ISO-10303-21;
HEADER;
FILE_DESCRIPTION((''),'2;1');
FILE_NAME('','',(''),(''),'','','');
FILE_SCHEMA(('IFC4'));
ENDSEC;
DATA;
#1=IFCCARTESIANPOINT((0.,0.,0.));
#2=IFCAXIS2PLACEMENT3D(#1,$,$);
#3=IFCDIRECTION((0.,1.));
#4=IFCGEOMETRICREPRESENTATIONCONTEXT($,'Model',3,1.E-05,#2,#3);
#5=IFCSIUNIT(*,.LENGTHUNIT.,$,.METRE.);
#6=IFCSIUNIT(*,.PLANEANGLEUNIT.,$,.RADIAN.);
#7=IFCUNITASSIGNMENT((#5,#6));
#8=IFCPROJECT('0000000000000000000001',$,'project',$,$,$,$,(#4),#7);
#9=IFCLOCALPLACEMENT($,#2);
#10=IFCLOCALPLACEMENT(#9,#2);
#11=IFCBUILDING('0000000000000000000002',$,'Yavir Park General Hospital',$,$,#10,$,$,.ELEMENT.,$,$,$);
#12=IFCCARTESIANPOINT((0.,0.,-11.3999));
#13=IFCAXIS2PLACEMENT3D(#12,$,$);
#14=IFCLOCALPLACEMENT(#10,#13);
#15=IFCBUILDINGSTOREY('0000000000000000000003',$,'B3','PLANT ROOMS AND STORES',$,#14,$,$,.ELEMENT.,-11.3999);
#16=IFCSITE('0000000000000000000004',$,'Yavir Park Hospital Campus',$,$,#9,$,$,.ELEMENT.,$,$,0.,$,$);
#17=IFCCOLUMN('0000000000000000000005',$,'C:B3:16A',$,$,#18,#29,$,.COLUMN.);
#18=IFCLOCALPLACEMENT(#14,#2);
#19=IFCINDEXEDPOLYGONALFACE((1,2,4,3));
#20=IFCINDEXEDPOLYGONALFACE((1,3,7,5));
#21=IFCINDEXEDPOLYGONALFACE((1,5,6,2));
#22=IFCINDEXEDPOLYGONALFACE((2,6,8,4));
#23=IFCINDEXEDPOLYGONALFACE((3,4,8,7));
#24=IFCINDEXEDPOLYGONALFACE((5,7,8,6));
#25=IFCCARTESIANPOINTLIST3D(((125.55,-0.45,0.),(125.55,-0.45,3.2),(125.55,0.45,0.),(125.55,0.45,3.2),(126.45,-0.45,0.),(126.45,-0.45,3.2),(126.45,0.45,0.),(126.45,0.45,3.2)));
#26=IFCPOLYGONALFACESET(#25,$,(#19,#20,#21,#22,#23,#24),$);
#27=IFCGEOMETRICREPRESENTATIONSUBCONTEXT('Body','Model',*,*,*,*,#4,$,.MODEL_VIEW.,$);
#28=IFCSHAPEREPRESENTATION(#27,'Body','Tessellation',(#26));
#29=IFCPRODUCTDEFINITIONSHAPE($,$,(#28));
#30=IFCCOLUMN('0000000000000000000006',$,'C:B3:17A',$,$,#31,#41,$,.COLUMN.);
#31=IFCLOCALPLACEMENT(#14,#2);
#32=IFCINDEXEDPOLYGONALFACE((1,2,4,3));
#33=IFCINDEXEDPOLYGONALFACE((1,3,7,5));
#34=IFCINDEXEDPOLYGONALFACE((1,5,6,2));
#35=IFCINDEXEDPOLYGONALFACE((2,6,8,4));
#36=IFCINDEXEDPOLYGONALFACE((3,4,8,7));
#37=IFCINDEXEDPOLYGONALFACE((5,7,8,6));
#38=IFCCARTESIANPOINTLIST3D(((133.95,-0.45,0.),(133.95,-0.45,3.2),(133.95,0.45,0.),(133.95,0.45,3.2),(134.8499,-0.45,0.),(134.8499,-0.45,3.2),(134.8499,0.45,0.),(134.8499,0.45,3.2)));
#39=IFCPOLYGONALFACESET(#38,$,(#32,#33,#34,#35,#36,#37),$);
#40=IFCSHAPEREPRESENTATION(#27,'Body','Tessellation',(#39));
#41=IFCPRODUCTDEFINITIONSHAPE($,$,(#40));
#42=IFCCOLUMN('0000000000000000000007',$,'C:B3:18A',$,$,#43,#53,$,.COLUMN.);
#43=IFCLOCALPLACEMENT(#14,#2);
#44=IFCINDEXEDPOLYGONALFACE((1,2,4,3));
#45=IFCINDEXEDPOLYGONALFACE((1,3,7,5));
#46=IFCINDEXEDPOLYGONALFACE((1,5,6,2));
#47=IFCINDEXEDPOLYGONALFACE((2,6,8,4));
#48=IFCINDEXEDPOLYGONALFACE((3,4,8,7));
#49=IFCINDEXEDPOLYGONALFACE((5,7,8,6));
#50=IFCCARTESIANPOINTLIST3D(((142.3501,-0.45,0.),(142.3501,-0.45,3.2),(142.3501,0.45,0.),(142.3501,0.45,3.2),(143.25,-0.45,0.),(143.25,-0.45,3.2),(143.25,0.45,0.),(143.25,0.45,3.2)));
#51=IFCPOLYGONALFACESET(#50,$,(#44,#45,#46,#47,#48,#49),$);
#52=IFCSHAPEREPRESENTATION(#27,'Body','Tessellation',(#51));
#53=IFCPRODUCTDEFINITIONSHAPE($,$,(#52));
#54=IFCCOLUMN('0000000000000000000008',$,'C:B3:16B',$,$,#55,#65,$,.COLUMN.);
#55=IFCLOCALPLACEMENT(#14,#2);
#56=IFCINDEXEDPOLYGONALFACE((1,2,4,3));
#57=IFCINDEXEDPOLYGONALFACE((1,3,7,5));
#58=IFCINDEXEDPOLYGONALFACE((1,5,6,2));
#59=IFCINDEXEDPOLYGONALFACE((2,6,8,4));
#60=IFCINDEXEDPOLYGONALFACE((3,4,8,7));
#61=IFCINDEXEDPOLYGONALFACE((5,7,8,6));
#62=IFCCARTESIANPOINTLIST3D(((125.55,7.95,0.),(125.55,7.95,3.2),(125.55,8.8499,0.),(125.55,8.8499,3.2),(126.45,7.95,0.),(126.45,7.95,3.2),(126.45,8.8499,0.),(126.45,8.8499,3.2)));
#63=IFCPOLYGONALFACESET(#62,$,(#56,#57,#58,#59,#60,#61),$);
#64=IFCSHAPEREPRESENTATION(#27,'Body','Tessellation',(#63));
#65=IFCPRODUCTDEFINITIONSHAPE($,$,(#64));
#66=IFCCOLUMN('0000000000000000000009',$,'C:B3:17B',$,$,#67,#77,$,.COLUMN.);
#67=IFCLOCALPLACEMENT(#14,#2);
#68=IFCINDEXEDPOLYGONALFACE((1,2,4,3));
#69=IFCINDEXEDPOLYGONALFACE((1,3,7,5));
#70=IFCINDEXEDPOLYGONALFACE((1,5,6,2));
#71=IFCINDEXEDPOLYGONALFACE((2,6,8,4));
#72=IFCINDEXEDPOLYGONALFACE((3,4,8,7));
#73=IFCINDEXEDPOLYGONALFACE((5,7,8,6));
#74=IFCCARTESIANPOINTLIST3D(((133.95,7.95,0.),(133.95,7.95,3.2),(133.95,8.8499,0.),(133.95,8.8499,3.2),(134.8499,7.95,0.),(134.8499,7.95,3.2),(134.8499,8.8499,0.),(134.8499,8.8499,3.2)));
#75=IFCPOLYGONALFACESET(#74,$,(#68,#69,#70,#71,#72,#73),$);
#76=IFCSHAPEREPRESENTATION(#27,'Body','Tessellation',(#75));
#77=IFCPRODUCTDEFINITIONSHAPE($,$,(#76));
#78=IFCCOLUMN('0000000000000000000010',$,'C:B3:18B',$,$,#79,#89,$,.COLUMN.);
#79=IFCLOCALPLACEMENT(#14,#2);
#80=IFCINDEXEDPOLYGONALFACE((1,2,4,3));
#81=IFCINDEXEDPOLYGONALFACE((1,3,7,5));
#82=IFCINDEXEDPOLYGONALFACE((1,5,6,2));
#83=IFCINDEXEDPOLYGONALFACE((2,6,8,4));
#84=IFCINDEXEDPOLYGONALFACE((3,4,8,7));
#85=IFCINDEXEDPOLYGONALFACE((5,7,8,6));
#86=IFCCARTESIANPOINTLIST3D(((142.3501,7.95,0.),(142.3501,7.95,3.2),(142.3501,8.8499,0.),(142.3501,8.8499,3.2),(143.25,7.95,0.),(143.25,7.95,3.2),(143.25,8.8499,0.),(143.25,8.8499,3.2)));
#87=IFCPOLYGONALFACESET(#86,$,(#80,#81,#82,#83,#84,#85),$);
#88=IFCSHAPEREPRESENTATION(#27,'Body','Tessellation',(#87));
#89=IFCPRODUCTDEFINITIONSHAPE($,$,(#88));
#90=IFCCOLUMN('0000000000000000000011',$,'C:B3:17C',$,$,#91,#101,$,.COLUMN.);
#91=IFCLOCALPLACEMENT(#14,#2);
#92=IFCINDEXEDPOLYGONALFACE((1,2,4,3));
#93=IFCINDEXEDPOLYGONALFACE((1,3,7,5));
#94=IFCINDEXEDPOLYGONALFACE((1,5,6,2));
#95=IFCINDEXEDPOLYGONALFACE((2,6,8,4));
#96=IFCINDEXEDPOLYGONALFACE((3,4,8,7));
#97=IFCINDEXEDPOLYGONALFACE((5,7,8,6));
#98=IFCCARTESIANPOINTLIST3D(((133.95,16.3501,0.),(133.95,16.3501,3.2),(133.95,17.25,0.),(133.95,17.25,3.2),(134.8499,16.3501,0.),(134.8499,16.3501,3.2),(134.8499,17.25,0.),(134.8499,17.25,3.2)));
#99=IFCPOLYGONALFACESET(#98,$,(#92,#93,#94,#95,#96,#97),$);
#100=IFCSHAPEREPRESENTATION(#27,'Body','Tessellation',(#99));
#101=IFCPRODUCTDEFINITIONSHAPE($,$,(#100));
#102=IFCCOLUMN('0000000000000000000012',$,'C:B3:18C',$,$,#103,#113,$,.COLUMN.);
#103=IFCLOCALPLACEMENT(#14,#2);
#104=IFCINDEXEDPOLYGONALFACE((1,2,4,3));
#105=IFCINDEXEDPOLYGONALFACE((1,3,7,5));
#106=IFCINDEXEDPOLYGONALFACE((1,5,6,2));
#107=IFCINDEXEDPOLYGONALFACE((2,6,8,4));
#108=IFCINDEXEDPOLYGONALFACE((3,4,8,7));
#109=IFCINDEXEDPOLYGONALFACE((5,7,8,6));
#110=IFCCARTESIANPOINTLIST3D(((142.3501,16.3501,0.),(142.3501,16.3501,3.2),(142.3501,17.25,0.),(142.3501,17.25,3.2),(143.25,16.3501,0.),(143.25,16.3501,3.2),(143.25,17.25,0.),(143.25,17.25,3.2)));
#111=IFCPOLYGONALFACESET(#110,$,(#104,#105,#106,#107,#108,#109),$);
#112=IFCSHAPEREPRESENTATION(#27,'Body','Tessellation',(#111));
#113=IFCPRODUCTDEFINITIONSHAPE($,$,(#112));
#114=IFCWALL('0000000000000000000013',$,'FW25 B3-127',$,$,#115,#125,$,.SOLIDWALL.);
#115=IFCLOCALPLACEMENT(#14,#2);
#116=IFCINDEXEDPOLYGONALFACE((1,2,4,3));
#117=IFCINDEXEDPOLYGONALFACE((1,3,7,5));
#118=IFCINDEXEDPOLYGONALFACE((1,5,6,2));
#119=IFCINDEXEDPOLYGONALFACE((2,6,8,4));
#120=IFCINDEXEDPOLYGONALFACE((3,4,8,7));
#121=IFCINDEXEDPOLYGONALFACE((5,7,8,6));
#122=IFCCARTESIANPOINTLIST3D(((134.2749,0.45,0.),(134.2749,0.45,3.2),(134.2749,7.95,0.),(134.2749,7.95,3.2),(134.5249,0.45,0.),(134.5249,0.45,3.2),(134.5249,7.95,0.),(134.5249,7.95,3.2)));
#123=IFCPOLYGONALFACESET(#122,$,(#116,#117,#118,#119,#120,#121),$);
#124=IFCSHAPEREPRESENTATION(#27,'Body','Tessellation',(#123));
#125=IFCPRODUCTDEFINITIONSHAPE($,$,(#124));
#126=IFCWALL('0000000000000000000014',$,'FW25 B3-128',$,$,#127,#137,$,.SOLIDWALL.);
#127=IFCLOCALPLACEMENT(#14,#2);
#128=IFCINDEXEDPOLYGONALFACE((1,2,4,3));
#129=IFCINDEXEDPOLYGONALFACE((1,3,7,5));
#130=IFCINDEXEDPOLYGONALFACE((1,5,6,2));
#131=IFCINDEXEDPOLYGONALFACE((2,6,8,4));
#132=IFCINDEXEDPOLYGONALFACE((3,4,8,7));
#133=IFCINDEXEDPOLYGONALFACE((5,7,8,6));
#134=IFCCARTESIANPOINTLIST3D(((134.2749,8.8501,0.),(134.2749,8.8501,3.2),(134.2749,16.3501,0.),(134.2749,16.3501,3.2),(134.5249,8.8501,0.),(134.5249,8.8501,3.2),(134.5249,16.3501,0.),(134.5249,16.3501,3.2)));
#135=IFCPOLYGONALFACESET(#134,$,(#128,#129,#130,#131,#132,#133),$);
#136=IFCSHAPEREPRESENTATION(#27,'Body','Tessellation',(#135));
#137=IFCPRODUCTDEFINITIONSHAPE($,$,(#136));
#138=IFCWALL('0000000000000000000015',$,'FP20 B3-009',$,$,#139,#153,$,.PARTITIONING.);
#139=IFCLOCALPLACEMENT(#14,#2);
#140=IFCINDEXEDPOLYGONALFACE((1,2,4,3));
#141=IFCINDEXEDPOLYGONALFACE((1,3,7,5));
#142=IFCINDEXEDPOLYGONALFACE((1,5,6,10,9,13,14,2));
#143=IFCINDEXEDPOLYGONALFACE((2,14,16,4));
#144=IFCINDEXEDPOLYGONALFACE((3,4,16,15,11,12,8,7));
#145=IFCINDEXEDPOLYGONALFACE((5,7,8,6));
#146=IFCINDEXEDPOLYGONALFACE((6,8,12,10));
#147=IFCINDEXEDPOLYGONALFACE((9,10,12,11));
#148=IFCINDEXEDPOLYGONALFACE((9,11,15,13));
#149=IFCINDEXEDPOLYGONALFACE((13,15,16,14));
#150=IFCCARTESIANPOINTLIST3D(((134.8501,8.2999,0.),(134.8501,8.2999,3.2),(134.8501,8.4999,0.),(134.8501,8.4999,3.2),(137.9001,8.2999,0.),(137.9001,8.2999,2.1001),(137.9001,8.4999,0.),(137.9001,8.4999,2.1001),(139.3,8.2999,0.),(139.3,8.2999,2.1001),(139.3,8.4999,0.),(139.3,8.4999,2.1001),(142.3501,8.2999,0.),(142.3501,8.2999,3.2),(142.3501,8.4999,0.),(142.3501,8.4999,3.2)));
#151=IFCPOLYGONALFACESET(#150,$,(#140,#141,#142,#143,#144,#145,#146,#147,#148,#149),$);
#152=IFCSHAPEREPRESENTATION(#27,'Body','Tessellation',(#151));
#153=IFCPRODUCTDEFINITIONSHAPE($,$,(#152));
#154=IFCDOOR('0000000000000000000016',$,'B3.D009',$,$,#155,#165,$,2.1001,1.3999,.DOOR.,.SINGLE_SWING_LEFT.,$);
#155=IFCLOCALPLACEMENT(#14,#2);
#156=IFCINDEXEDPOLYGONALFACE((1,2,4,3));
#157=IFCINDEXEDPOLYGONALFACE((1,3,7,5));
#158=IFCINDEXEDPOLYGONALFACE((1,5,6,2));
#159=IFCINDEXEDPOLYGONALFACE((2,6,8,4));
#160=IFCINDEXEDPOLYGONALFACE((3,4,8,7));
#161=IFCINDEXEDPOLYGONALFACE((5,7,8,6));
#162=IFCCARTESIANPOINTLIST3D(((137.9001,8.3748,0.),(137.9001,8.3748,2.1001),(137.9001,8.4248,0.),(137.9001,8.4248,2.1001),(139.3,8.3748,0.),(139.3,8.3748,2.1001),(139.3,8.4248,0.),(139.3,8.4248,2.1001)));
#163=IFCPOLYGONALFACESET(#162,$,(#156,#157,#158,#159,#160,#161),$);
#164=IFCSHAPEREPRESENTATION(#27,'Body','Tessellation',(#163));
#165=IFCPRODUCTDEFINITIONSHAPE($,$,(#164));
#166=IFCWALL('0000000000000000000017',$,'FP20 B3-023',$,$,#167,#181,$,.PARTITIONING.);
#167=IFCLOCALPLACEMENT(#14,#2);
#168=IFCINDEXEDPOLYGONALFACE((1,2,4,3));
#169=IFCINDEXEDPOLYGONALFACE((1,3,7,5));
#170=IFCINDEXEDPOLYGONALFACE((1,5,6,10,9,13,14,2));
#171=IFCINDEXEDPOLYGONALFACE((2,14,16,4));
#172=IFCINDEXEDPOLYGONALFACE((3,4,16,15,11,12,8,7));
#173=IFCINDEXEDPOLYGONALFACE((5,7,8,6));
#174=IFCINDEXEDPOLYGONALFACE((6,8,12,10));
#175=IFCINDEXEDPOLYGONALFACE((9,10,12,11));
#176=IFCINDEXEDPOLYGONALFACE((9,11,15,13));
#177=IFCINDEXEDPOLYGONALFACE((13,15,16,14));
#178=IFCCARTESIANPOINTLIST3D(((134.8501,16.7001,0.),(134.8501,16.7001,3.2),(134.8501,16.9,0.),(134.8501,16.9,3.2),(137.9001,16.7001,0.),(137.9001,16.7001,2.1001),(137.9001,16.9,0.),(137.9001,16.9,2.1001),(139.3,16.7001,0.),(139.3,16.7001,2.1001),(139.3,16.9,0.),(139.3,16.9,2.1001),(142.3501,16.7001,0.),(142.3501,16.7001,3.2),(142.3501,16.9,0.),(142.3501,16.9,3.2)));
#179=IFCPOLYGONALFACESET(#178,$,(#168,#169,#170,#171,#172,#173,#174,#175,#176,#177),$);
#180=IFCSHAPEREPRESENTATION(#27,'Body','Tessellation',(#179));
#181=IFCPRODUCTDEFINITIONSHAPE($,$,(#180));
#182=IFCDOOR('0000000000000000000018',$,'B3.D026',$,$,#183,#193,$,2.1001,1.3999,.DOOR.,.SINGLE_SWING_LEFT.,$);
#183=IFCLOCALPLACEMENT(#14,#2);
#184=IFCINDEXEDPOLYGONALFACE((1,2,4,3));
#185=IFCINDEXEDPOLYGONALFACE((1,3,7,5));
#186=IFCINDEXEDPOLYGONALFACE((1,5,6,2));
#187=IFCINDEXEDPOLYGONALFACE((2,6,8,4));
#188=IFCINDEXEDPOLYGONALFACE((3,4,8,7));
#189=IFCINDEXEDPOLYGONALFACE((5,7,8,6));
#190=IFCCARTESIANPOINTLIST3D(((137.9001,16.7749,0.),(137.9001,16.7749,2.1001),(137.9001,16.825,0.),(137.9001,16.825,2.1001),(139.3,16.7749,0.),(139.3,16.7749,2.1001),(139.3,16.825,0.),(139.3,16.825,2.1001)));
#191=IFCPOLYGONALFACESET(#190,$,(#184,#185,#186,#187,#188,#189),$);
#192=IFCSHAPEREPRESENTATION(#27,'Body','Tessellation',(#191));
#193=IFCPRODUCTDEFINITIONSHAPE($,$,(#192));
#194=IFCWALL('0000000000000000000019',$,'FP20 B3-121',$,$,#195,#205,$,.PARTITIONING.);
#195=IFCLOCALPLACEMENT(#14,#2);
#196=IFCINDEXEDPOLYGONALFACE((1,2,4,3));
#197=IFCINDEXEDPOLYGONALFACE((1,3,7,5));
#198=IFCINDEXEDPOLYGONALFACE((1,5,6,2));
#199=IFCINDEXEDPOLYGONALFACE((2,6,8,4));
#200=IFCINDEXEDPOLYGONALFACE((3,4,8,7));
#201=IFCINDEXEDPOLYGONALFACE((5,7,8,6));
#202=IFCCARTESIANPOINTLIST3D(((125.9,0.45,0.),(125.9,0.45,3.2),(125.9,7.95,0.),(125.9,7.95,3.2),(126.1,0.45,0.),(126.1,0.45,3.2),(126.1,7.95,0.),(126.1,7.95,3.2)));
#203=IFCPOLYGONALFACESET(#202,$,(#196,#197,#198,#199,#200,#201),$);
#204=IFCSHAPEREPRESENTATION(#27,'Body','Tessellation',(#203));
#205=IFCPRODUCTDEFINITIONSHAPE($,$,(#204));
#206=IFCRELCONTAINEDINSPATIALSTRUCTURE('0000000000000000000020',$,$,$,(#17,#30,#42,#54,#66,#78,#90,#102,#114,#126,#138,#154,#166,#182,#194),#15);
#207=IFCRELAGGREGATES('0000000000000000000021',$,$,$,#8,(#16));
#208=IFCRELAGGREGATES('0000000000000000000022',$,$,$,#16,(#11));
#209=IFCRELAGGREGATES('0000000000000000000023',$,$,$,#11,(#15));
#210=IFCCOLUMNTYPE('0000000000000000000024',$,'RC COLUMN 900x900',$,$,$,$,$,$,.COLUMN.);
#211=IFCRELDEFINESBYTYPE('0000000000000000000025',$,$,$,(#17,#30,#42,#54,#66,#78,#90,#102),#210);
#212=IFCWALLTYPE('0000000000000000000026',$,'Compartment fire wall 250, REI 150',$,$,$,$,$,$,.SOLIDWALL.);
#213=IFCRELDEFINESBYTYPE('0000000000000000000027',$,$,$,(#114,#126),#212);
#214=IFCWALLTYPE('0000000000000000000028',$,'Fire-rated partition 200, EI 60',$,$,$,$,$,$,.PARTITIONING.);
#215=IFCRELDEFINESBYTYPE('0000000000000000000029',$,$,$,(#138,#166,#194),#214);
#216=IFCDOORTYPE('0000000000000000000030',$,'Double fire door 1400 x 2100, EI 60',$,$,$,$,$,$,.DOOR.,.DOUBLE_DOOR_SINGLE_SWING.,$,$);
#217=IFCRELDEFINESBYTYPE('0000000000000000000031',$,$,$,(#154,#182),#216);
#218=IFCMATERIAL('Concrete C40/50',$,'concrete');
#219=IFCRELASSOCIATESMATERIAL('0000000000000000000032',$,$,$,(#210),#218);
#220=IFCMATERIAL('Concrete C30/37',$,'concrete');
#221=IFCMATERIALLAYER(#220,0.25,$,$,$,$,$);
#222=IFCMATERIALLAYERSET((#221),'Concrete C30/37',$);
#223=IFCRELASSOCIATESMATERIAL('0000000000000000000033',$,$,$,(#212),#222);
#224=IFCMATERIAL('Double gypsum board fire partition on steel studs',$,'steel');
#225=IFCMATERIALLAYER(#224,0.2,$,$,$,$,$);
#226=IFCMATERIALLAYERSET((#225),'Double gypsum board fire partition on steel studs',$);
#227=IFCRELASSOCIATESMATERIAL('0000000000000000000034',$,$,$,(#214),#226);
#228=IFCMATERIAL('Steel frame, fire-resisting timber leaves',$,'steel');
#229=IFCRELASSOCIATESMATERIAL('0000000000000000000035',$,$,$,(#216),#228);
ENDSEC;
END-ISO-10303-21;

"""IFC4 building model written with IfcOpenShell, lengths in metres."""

from ifc_helpers import new_model, si_unit, direction, frame, frame_2d, origin, origin_2d, place, context, subcontext, project, spatial, rectangle, extrude, material, layer, layer_set, material_profile, profile_set, type_object, element, fill, save


model = new_model("IFC4")

# Units and contexts
model_context = context("Model", 3, precision=1e-05, world=origin(), true_north=direction((0.0, 1.0)))
body_context = subcontext(model_context, "Body", "Model", "MODEL_VIEW")
ifc_project = project(units=[si_unit("LENGTHUNIT", "METRE"), si_unit("PLANEANGLEUNIT", "RADIAN")], contexts=[model_context])

# Site, building, storey
site_placement = place(None, origin())
site = spatial("IfcSite", under=ifc_project, at=site_placement, Name="Yavir Park Hospital Campus", CompositionType="ELEMENT", RefElevation=0.0)
building_placement = place(site_placement, origin())
building = spatial("IfcBuilding", under=site, at=building_placement, Name="Yavir Park General Hospital", CompositionType="ELEMENT")
storey_placement = place(building_placement, frame((0.0, 0.0, -11.3999)))
storey = spatial("IfcBuildingStorey", under=building, at=storey_placement, Name="B3", Description="PLANT ROOMS AND STORES", CompositionType="ELEMENT", Elevation=-11.3999)

# Columns
ifc_material_1 = material(Name="Concrete C40/50", Category="concrete")
ifc_material_profile = material_profile(ifc_material_1, rectangle(XDim=0.8999, YDim=0.8999, at=origin_2d()), Name="RC900x900")
ifc_profile_set = profile_set([ifc_material_profile], Name="Concrete C40/50")
column_type = type_object("IfcColumnType", Name="RC COLUMN 900x900", PredefinedType="COLUMN", material=ifc_profile_set)
for number, where, z_axis, x_axis, name in (
    (1, (126.0, 0.0, 0.0), (0.0, 0.0, 1.0), (1.0, 0.0, 0.0), "C:B3:16A"),
    (2, (134.3999, 0.0, 0.0), (0.0, 0.0, 1.0), (1.0, 0.0, 0.0), "C:B3:17A"),
    (3, (142.8, 0.0, 0.0), (0.0, 0.0, 1.0), (1.0, 0.0, 0.0), "C:B3:18A"),
    (4, (126.0, 8.3999, 0.0), (0.0, 0.0, 1.0), (1.0, 0.0, 0.0), "C:B3:16B"),
    (5, (134.3999, 8.3999, 0.0), (0.0, 0.0, 1.0), (1.0, 0.0, 0.0), "C:B3:17B"),
    (6, (142.8, 8.3999, 0.0), (0.0, 0.0, 1.0), (1.0, 0.0, 0.0), "C:B3:18B"),
    (7, (134.3999, 16.8, 0.0), (0.0, 0.0, 1.0), (1.0, 0.0, 0.0), "C:B3:17C"),
    (8, (142.8, 16.8, 0.0), (0.0, 0.0, 1.0), (1.0, 0.0, 0.0), "C:B3:18C"),
):
    element("IfcColumn", number, at=place(storey_placement, frame(where, z_axis=z_axis, x_axis=x_axis)), inside=storey, type_object=column_type, Name=name, PredefinedType="COLUMN", context=body_context, shape_type="SweptSolid", body=[
        extrude(rectangle(XDim=0.8999, YDim=0.8999, at=origin_2d()), origin(), (0.0, 0.0, 1.0), 3.2),
    ])

# Walls
ifc_material_2 = material(Name="Concrete C30/37", Category="concrete")
ifc_layer_1 = layer(ifc_material_2, 0.25)
ifc_layer_set_1 = layer_set([ifc_layer_1], Name="Concrete C30/37")
wall_type_1 = type_object("IfcWallType", Name="Compartment fire wall 250, REI 150", PredefinedType="SOLIDWALL", material=ifc_layer_set_1)
for number, where, z_axis, x_axis, name in (
    (9, (134.3999, 0.45, 0.0), (0.0, 0.0, 1.0), (0.0, 1.0, 0.0), "FW25 B3-127"),
    (10, (134.3999, 8.8501, 0.0), (0.0, 0.0, 1.0), (0.0, 1.0, 0.0), "FW25 B3-128"),
):
    element("IfcWall", number, at=place(storey_placement, frame(where, z_axis=z_axis, x_axis=x_axis)), inside=storey, type_object=wall_type_1, Name=name, PredefinedType="SOLIDWALL", context=body_context, shape_type="SweptSolid", body=[
        extrude(rectangle(XDim=7.5, YDim=0.25, at=frame_2d((3.75, 0.0))), origin(), (0.0, 0.0, 1.0), 3.2),
    ])

# Walls, openings, doors
ifc_material_3 = material(Name="Double gypsum board fire partition on steel studs", Category="steel")
ifc_layer_2 = layer(ifc_material_3, 0.2)
ifc_layer_set_2 = layer_set([ifc_layer_2], Name="Double gypsum board fire partition on steel studs")
wall_type_2 = type_object("IfcWallType", Name="Fire-rated partition 200, EI 60", PredefinedType="PARTITIONING", material=ifc_layer_set_2)
wall_1_placement = place(storey_placement, frame((134.8501, 8.3999, 0.0), z_axis=(0.0, 0.0, 1.0), x_axis=(1.0, 0.0, 0.0)))
wall_1 = element("IfcWall", 11, at=wall_1_placement, inside=storey, type_object=wall_type_2, Name="FP20 B3-009", PredefinedType="PARTITIONING", context=body_context, shape_type="SweptSolid", body=[
    extrude(rectangle(XDim=7.5, YDim=0.2, at=frame_2d((3.75, 0.0))), origin(), (0.0, 0.0, 1.0), 3.2),
])
opening_1_placement = place(wall_1_placement, frame((3.05, 0.0, 0.0)))
opening_1 = element("IfcOpeningElement", 12, at=opening_1_placement, cuts=wall_1, PredefinedType="OPENING", context=body_context, shape_type="SweptSolid", body=[
    extrude(rectangle(XDim=1.3999, YDim=2.1001, at=frame_2d((0.7, 1.05))), frame((0.0, 0.1099, 0.0), z_axis=(0.0, -1.0, 0.0), x_axis=(1.0, 0.0, 0.0)), (0.0, 0.0, 1.0), 0.22),
])
ifc_material_4 = material(Name="Steel frame, fire-resisting timber leaves", Category="steel")
door_type = type_object("IfcDoorType", Name="Double fire door 1400 x 2100, EI 60", OperationType="DOUBLE_DOOR_SINGLE_SWING", PredefinedType="DOOR", material=ifc_material_4)
door_1_placement = place(opening_1_placement, origin())
door_1 = element("IfcDoor", 13, at=door_1_placement, inside=storey, type_object=door_type, Name="B3.D009", OperationType="SINGLE_SWING_LEFT", OverallHeight=2.1001, OverallWidth=1.3999, PredefinedType="DOOR", context=body_context, shape_type="SweptSolid", body=[
    extrude(rectangle(XDim=1.3999, YDim=2.1001, at=frame_2d((0.7, 1.05))), frame((0.0, 0.0249, 0.0), z_axis=(0.0, -1.0, 0.0), x_axis=(1.0, 0.0, 0.0)), (0.0, 0.0, 1.0), 0.05),
])
fill(opening_1, door_1)
wall_2_placement = place(storey_placement, frame((134.8501, 16.8, 0.0), z_axis=(0.0, 0.0, 1.0), x_axis=(1.0, 0.0, 0.0)))
wall_2 = element("IfcWall", 14, at=wall_2_placement, inside=storey, type_object=wall_type_2, Name="FP20 B3-023", PredefinedType="PARTITIONING", context=body_context, shape_type="SweptSolid", body=[
    extrude(rectangle(XDim=7.5, YDim=0.2, at=frame_2d((3.75, 0.0))), origin(), (0.0, 0.0, 1.0), 3.2),
])
opening_2_placement = place(wall_2_placement, frame((3.05, 0.0, 0.0)))
opening_2 = element("IfcOpeningElement", 15, at=opening_2_placement, cuts=wall_2, PredefinedType="OPENING", context=body_context, shape_type="SweptSolid", body=[
    extrude(rectangle(XDim=1.3999, YDim=2.1001, at=frame_2d((0.7, 1.05))), frame((0.0, 0.1099, 0.0), z_axis=(0.0, -1.0, 0.0), x_axis=(1.0, 0.0, 0.0)), (0.0, 0.0, 1.0), 0.22),
])
door_2_placement = place(opening_2_placement, origin())
door_2 = element("IfcDoor", 16, at=door_2_placement, inside=storey, type_object=door_type, Name="B3.D026", OperationType="SINGLE_SWING_LEFT", OverallHeight=2.1001, OverallWidth=1.3999, PredefinedType="DOOR", context=body_context, shape_type="SweptSolid", body=[
    extrude(rectangle(XDim=1.3999, YDim=2.1001, at=frame_2d((0.7, 1.05))), frame((0.0, 0.0249, 0.0), z_axis=(0.0, -1.0, 0.0), x_axis=(1.0, 0.0, 0.0)), (0.0, 0.0, 1.0), 0.05),
])
fill(opening_2, door_2)

# Wall
wall_3_placement = place(storey_placement, frame((126.0, 0.45, 0.0), z_axis=(0.0, 0.0, 1.0), x_axis=(0.0, 1.0, 0.0)))
element("IfcWall", 17, at=wall_3_placement, inside=storey, type_object=wall_type_2, Name="FP20 B3-121", PredefinedType="PARTITIONING", context=body_context, shape_type="SweptSolid", body=[
    extrude(rectangle(XDim=7.5, YDim=0.2, at=frame_2d((3.75, 0.0))), origin(), (0.0, 0.0, 1.0), 3.2),
])

save(model, "model.ifc")
